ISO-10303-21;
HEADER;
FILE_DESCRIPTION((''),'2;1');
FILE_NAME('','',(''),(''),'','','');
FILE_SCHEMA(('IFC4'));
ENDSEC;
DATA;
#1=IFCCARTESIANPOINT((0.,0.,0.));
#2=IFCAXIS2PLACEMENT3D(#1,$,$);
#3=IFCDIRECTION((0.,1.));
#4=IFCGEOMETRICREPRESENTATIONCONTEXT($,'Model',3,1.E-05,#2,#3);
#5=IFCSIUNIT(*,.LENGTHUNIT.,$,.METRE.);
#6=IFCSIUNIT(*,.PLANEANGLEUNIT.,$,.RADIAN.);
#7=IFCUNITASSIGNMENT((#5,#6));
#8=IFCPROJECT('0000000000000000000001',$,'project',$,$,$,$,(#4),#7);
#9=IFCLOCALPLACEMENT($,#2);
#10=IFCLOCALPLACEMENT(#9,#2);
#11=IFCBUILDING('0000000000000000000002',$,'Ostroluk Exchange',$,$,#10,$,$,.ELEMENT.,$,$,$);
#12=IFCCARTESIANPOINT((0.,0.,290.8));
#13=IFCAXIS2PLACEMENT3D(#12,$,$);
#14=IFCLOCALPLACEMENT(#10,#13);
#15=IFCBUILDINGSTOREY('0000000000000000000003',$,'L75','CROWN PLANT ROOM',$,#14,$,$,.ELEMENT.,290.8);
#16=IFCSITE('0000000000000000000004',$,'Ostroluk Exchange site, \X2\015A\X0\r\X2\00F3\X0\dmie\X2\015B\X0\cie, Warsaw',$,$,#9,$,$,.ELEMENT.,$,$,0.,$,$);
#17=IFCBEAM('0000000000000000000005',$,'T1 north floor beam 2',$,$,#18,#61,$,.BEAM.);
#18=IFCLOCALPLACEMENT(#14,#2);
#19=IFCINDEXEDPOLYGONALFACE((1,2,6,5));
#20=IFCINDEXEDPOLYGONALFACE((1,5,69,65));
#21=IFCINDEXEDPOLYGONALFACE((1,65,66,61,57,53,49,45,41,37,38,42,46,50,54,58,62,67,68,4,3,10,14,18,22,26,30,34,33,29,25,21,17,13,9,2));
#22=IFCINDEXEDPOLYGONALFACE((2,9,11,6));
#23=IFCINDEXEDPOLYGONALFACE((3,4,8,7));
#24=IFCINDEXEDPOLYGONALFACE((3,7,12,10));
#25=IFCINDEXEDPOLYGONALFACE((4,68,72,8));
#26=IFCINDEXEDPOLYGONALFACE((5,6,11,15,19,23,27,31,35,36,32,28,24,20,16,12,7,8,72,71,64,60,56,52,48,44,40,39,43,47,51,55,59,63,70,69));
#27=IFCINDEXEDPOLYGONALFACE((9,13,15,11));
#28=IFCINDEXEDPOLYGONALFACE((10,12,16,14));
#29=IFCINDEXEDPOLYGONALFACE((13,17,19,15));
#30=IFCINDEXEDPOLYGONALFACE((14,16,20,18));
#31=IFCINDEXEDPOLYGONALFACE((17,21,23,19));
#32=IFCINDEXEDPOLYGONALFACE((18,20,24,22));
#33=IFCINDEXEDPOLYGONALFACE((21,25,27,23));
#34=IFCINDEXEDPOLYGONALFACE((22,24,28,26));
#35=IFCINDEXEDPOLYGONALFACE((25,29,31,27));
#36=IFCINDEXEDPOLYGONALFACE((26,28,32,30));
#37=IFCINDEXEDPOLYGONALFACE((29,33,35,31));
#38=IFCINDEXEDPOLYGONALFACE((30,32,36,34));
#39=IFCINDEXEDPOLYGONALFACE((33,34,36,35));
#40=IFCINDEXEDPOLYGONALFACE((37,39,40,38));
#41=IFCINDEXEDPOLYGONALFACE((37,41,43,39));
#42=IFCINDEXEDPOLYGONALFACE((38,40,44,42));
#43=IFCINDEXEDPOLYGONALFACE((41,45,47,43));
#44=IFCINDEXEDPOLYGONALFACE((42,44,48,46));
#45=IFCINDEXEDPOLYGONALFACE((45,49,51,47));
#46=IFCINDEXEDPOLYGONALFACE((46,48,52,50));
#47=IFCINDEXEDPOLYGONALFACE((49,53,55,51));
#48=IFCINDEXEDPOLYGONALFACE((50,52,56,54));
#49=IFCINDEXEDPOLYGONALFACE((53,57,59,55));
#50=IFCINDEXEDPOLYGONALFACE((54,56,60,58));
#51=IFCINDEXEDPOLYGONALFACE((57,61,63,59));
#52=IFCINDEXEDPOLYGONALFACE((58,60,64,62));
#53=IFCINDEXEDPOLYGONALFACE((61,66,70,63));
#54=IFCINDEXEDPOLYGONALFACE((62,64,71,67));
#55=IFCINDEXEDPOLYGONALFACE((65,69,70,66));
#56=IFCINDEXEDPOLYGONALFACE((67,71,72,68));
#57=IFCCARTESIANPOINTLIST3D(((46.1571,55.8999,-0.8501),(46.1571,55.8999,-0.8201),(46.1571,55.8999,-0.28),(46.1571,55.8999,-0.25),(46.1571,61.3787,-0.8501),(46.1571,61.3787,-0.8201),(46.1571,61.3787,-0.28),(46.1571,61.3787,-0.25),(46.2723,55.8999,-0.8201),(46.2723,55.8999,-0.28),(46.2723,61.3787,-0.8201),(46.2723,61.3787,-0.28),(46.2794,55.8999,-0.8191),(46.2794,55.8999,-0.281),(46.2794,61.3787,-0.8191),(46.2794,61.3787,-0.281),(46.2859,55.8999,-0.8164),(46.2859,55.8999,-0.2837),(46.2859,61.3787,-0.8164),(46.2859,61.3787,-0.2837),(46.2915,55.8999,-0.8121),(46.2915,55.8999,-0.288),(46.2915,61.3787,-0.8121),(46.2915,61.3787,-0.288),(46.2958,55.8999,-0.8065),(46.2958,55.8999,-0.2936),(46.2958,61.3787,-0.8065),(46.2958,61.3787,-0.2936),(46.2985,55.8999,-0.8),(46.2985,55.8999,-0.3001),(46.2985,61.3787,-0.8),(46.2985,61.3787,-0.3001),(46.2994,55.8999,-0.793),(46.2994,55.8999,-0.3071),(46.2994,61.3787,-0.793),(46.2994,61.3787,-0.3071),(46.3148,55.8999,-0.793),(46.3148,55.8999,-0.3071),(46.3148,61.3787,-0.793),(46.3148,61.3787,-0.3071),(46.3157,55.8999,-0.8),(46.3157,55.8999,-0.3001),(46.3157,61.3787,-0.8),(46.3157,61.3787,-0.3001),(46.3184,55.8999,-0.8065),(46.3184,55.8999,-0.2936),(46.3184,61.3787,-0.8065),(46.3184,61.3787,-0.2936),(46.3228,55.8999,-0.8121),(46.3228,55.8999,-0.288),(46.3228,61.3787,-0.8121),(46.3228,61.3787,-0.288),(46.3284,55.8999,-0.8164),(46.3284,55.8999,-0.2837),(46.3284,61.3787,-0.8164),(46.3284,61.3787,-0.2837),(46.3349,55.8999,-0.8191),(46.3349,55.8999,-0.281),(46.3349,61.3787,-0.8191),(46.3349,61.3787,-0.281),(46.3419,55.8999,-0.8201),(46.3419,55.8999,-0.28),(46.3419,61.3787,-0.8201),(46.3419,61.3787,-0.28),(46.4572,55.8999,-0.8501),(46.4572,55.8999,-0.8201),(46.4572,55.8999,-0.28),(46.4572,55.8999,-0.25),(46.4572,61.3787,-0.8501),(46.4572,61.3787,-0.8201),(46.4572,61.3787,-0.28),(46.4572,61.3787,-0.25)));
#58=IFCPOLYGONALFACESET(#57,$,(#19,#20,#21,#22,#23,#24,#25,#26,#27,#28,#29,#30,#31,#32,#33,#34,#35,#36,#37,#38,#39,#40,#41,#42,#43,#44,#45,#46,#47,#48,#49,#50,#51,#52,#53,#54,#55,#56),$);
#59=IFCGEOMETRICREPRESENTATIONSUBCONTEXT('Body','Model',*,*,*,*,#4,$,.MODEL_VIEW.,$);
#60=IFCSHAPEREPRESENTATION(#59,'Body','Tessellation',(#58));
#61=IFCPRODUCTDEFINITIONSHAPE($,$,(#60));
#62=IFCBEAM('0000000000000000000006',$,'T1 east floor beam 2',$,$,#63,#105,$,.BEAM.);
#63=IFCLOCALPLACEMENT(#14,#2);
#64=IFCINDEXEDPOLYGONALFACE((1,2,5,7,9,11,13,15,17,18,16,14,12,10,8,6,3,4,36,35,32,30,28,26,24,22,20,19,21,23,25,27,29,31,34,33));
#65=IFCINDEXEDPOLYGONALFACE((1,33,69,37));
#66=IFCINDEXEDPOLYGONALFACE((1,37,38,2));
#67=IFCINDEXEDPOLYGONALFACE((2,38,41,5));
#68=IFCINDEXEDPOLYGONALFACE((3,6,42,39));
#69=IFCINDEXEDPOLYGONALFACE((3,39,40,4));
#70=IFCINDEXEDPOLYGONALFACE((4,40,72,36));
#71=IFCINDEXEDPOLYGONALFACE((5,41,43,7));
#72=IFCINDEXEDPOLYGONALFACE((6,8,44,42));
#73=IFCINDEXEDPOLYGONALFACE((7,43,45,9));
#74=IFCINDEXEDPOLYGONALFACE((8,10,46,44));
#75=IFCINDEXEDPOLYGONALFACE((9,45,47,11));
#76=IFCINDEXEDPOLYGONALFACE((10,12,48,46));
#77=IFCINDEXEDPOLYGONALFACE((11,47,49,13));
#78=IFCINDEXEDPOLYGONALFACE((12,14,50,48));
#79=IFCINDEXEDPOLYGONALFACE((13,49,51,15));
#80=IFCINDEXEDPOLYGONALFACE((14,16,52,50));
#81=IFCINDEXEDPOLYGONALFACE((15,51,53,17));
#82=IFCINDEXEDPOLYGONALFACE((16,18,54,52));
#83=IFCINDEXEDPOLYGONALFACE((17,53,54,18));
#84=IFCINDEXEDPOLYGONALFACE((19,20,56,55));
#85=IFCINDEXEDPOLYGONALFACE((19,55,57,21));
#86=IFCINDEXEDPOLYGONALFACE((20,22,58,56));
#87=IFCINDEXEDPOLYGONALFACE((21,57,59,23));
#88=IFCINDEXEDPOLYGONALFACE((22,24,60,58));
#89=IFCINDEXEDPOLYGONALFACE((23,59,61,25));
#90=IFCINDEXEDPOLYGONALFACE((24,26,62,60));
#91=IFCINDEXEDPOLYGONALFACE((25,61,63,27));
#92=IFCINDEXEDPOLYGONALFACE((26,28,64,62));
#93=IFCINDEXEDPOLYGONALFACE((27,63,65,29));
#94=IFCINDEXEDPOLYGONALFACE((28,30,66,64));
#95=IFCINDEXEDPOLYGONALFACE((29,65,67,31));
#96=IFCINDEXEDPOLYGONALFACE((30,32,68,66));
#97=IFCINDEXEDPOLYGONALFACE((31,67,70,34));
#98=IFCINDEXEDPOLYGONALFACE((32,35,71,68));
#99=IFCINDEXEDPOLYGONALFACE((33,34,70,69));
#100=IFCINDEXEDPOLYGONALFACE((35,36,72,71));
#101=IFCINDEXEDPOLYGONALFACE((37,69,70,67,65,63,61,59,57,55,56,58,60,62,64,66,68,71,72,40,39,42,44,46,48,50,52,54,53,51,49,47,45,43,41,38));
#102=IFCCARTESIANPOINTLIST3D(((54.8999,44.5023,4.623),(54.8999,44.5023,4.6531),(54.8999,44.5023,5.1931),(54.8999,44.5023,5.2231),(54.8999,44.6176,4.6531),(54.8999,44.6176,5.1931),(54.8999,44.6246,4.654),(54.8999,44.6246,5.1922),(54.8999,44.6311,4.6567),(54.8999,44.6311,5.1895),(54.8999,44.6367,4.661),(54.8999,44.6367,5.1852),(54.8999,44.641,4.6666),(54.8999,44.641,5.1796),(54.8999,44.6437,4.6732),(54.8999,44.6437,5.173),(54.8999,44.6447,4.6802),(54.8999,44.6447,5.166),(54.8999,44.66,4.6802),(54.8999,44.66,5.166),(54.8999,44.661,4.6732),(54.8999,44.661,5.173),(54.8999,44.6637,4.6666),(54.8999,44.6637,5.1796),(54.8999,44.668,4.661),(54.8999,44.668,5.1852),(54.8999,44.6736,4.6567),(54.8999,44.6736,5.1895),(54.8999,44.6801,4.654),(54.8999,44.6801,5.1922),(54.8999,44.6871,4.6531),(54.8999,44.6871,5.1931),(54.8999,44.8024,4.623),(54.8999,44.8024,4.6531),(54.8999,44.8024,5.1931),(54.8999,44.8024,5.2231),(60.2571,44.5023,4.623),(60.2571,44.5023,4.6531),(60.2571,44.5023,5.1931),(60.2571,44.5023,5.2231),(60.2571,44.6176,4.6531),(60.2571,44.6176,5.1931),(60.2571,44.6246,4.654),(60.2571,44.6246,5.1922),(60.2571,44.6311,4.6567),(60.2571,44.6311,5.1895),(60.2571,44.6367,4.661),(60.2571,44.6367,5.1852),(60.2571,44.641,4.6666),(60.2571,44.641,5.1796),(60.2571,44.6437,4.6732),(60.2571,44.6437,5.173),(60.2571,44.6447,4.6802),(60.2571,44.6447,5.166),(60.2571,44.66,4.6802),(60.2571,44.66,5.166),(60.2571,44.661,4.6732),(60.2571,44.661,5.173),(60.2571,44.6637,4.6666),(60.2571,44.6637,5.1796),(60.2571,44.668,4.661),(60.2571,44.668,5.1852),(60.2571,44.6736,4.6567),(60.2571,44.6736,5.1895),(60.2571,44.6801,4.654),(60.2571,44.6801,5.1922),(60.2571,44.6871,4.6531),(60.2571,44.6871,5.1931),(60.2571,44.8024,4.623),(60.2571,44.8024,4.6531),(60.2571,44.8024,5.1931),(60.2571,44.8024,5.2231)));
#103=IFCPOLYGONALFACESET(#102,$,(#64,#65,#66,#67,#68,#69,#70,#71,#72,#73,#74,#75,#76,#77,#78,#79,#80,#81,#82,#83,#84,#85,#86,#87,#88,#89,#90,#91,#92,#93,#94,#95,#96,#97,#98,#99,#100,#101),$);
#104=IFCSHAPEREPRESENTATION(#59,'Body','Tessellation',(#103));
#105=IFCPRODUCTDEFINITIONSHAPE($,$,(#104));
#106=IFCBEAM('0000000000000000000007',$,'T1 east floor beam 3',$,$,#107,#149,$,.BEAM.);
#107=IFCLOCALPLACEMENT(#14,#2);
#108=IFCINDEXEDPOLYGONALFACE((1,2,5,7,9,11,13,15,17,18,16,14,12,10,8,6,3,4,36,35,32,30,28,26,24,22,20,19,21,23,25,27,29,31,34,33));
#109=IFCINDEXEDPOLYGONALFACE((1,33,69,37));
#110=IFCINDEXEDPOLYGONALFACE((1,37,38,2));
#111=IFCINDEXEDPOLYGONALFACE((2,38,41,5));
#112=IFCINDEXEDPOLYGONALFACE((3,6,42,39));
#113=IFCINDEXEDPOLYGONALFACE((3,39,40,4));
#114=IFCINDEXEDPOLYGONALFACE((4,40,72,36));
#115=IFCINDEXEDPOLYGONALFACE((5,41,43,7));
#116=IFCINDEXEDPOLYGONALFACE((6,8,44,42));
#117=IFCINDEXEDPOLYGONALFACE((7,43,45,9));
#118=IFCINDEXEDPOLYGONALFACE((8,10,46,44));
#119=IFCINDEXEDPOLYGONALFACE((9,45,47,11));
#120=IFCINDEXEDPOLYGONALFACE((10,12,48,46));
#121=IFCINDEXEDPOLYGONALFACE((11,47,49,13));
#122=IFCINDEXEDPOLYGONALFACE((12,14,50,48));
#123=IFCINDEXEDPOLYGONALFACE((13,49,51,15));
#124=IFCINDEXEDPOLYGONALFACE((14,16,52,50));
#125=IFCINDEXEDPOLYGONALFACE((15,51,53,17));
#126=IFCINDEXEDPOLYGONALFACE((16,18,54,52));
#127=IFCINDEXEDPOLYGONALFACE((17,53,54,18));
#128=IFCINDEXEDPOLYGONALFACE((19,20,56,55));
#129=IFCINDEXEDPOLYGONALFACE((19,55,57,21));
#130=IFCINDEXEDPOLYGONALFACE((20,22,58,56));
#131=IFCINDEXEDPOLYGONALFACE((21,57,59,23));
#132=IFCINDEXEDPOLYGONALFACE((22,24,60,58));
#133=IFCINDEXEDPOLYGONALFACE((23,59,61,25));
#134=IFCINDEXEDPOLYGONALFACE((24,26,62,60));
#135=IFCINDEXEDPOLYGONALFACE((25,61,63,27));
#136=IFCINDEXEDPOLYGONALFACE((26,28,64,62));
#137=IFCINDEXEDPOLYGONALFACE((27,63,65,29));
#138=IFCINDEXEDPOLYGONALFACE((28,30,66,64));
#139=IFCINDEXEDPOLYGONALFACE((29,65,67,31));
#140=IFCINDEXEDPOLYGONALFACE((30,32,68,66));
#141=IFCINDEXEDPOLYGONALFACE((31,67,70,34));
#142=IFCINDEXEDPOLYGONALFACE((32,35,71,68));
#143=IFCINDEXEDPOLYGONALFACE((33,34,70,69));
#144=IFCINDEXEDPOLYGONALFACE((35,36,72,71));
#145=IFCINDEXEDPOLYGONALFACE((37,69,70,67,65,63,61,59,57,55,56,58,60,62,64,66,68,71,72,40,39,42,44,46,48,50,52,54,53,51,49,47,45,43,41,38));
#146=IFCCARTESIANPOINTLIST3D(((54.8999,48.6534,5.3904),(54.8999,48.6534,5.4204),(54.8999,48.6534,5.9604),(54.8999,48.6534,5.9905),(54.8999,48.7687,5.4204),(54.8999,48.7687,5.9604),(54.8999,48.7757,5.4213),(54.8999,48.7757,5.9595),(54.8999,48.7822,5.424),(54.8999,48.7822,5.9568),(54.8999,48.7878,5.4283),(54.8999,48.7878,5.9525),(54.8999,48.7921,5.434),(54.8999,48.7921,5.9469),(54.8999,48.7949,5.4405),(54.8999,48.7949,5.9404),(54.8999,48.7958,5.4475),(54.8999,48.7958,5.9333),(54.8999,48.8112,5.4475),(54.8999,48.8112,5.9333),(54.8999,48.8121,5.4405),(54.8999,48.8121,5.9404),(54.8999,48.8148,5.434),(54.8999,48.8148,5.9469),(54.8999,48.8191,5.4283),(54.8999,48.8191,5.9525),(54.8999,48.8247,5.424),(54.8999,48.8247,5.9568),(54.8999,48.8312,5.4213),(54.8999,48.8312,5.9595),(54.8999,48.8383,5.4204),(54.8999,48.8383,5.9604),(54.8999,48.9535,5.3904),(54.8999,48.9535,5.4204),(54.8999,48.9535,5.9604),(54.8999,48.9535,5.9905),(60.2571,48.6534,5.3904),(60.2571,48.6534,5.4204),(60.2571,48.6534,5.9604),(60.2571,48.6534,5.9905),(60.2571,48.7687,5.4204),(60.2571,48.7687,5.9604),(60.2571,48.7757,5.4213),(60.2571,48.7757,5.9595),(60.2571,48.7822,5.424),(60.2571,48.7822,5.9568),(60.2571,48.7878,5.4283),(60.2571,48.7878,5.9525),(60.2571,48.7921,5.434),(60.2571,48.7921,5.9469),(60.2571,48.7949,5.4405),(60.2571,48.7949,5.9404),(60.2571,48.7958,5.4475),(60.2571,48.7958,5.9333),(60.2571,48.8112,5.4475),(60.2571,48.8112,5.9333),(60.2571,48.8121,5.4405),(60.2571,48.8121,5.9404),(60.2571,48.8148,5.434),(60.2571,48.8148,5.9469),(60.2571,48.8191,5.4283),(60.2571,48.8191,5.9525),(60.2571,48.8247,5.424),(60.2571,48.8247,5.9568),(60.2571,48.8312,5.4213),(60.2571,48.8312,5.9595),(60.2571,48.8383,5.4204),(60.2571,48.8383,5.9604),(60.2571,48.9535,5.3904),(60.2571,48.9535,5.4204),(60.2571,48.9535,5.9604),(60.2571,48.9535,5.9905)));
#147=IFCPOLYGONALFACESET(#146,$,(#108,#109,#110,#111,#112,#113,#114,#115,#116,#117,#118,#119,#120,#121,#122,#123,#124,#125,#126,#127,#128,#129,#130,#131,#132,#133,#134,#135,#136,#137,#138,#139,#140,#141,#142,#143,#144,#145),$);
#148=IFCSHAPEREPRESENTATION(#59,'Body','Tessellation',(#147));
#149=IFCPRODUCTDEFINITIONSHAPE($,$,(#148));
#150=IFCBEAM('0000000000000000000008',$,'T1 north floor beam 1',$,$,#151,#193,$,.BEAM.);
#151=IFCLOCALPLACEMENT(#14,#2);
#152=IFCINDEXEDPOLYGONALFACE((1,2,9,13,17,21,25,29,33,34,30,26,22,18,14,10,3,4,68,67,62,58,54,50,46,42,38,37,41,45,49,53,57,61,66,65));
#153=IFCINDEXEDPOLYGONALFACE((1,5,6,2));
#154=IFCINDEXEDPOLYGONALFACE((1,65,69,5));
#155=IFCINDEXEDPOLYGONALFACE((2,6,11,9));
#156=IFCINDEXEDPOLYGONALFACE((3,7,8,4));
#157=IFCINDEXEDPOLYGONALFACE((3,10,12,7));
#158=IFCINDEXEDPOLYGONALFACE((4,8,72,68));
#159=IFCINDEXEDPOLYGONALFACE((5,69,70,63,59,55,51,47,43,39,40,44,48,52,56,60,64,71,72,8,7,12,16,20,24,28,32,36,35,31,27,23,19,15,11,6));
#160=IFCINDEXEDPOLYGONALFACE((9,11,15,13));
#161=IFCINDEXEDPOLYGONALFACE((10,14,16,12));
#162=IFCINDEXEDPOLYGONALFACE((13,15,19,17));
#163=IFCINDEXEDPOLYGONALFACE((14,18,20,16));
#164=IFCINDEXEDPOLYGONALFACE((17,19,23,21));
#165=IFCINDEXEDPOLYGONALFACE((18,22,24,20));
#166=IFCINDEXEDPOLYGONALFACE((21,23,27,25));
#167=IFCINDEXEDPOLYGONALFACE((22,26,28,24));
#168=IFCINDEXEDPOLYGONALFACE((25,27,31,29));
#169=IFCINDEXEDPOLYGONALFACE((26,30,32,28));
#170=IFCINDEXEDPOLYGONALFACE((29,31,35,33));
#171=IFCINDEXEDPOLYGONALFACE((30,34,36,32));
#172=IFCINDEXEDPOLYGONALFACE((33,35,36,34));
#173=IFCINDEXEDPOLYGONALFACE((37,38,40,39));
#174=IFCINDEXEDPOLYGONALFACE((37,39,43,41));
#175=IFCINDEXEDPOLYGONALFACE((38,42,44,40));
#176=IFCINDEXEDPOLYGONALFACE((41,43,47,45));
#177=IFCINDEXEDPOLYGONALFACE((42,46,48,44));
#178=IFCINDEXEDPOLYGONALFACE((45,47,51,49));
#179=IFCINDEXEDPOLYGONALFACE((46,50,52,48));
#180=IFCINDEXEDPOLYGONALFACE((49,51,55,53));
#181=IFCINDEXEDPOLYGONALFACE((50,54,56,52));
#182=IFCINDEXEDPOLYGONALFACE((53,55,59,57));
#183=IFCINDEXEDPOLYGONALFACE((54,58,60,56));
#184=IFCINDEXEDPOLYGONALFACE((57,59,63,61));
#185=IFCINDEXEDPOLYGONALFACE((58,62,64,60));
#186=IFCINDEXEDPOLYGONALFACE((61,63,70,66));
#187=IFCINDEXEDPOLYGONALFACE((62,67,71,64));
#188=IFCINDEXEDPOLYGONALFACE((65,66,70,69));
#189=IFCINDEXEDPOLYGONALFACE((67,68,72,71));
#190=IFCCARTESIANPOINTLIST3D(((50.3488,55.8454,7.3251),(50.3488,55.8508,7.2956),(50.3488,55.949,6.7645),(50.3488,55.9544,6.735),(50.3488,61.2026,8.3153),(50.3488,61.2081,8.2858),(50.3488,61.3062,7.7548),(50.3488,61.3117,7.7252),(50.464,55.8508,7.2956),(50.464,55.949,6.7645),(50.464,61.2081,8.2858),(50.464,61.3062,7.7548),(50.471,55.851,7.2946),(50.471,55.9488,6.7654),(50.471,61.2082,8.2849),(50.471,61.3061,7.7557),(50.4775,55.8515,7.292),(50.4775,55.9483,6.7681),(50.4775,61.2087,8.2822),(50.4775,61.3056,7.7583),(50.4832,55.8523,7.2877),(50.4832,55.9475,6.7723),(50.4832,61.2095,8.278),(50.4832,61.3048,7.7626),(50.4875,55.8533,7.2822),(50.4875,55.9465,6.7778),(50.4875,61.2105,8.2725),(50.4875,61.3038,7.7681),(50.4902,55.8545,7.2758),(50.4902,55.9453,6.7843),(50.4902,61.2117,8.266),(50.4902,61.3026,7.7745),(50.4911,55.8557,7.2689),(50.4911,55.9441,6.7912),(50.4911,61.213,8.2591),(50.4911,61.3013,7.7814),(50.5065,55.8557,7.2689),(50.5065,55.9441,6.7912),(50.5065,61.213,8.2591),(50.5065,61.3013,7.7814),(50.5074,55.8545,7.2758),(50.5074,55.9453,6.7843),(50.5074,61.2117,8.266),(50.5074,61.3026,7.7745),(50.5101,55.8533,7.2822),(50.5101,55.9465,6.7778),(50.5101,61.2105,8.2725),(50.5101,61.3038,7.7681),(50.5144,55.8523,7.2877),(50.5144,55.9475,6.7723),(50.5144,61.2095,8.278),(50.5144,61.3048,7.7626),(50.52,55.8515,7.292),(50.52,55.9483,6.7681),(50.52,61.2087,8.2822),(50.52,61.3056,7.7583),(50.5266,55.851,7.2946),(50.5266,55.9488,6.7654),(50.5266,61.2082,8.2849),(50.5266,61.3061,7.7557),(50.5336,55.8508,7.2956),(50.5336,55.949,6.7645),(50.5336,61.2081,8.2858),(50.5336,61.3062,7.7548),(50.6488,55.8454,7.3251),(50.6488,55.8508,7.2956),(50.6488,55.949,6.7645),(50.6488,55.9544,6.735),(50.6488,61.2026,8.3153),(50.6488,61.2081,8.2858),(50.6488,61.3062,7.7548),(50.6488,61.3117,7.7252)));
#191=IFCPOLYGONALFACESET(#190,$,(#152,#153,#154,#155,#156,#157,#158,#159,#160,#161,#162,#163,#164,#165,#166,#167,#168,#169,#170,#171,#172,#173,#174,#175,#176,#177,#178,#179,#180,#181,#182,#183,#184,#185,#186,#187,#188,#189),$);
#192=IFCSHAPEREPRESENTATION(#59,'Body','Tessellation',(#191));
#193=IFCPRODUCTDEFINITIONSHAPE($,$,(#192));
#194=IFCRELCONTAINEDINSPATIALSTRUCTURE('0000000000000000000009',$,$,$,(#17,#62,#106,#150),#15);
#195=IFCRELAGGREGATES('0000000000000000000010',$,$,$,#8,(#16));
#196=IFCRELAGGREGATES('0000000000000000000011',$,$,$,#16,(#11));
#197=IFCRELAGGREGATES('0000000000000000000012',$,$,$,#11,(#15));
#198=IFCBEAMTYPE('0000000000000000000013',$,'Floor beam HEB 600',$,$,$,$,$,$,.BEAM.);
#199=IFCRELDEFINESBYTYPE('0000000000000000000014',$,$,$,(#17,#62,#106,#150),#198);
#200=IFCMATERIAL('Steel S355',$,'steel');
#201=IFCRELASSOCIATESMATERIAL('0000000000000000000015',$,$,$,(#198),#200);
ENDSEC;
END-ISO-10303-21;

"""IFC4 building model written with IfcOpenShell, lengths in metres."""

from ifc_helpers import new_model, si_unit, direction, frame, origin, origin_2d, place, context, subcontext, project, spatial, i_section, extrude, material, material_profile, profile_set, type_object, element, save


model = new_model("IFC4")

# Units and contexts
model_context = context("Model", 3, precision=1e-05, world=origin(), true_north=direction((0.0, 1.0)))
body_context = subcontext(model_context, "Body", "Model", "MODEL_VIEW")
ifc_project = project(units=[si_unit("LENGTHUNIT", "METRE"), si_unit("PLANEANGLEUNIT", "RADIAN")], contexts=[model_context])

# Site, building, storey
site_placement = place(None, origin())
site = spatial("IfcSite", under=ifc_project, at=site_placement, Name="Ostroluk Exchange site, Śródmieście, Warsaw", CompositionType="ELEMENT", RefElevation=0.0)
building_placement = place(site_placement, origin())
building = spatial("IfcBuilding", under=site, at=building_placement, Name="Ostroluk Exchange", CompositionType="ELEMENT")
storey_placement = place(building_placement, frame((0.0, 0.0, 290.8)))
storey = spatial("IfcBuildingStorey", under=building, at=storey_placement, Name="L75", Description="CROWN PLANT ROOM", CompositionType="ELEMENT", Elevation=290.8)

# Beams
ifc_material_1 = material(Name="Steel S355", Category="steel")
ifc_material_profile_1 = material_profile(ifc_material_1, i_section(OverallWidth=0.3, OverallDepth=0.6001, WebThickness=0.0154, FlangeThickness=0.03, FilletRadius=0.0271, at=origin_2d()), Name="HEB 600")
ifc_profile_set_1 = profile_set([ifc_material_profile_1], Name="Steel S355")
beam_type_1 = type_object("IfcBeamType", Name="Floor beam HEB 600", PredefinedType="BEAM", material=ifc_profile_set_1)
for number, where, z_axis, x_axis, name in (
    (1, (46.3071, 55.8999, -0.55), (0.0, 1.0, 0.0), (-1.0, 0.0, 0.0), "T1 north floor beam 2"),
):
    element("IfcBeam", number, at=place(storey_placement, frame(where, z_axis=z_axis, x_axis=x_axis)), inside=storey, type_object=beam_type_1, Name=name, PredefinedType="BEAM", context=body_context, shape_type="SweptSolid", body=[
        extrude(i_section(OverallWidth=0.3, OverallDepth=0.6001, WebThickness=0.0154, FlangeThickness=0.03, FilletRadius=0.0271, at=origin_2d()), origin(), (0.0, 0.0, 1.0), 5.4788),
    ])
for number, where, z_axis, x_axis, name in (
    (2, (54.8999, 44.6523, 4.9231), (1.0, 0.0, 0.0), (0.0, 1.0, 0.0), "T1 east floor beam 2"),
    (3, (54.8999, 48.8035, 5.6904), (1.0, 0.0, 0.0), (0.0, 1.0, 0.0), "T1 east floor beam 3"),
):
    element("IfcBeam", number, at=place(storey_placement, frame(where, z_axis=z_axis, x_axis=x_axis)), inside=storey, type_object=beam_type_1, Name=name, PredefinedType="BEAM", context=body_context, shape_type="SweptSolid", body=[
        extrude(i_section(OverallWidth=0.3, OverallDepth=0.6001, WebThickness=0.0154, FlangeThickness=0.03, FilletRadius=0.0271, at=origin_2d()), origin(), (0.0, 0.0, 1.0), 5.3572),
    ])
for number, where, z_axis, x_axis, name in (
    (4, (50.4988, 55.8999, 7.03), (0.0, 0.983342, 0.181763), (-1.0, 0.0, 0.0), "T1 north floor beam 1"),
):
    element("IfcBeam", number, at=place(storey_placement, frame(where, z_axis=z_axis, x_axis=x_axis)), inside=storey, type_object=beam_type_1, Name=name, PredefinedType="BEAM", context=body_context, shape_type="SweptSolid", body=[
        extrude(i_section(OverallWidth=0.3, OverallDepth=0.6001, WebThickness=0.0154, FlangeThickness=0.03, FilletRadius=0.0271, at=origin_2d()), origin(), (0.0, 0.0, 1.0), 5.448),
    ])

save(model, "model.ifc")
